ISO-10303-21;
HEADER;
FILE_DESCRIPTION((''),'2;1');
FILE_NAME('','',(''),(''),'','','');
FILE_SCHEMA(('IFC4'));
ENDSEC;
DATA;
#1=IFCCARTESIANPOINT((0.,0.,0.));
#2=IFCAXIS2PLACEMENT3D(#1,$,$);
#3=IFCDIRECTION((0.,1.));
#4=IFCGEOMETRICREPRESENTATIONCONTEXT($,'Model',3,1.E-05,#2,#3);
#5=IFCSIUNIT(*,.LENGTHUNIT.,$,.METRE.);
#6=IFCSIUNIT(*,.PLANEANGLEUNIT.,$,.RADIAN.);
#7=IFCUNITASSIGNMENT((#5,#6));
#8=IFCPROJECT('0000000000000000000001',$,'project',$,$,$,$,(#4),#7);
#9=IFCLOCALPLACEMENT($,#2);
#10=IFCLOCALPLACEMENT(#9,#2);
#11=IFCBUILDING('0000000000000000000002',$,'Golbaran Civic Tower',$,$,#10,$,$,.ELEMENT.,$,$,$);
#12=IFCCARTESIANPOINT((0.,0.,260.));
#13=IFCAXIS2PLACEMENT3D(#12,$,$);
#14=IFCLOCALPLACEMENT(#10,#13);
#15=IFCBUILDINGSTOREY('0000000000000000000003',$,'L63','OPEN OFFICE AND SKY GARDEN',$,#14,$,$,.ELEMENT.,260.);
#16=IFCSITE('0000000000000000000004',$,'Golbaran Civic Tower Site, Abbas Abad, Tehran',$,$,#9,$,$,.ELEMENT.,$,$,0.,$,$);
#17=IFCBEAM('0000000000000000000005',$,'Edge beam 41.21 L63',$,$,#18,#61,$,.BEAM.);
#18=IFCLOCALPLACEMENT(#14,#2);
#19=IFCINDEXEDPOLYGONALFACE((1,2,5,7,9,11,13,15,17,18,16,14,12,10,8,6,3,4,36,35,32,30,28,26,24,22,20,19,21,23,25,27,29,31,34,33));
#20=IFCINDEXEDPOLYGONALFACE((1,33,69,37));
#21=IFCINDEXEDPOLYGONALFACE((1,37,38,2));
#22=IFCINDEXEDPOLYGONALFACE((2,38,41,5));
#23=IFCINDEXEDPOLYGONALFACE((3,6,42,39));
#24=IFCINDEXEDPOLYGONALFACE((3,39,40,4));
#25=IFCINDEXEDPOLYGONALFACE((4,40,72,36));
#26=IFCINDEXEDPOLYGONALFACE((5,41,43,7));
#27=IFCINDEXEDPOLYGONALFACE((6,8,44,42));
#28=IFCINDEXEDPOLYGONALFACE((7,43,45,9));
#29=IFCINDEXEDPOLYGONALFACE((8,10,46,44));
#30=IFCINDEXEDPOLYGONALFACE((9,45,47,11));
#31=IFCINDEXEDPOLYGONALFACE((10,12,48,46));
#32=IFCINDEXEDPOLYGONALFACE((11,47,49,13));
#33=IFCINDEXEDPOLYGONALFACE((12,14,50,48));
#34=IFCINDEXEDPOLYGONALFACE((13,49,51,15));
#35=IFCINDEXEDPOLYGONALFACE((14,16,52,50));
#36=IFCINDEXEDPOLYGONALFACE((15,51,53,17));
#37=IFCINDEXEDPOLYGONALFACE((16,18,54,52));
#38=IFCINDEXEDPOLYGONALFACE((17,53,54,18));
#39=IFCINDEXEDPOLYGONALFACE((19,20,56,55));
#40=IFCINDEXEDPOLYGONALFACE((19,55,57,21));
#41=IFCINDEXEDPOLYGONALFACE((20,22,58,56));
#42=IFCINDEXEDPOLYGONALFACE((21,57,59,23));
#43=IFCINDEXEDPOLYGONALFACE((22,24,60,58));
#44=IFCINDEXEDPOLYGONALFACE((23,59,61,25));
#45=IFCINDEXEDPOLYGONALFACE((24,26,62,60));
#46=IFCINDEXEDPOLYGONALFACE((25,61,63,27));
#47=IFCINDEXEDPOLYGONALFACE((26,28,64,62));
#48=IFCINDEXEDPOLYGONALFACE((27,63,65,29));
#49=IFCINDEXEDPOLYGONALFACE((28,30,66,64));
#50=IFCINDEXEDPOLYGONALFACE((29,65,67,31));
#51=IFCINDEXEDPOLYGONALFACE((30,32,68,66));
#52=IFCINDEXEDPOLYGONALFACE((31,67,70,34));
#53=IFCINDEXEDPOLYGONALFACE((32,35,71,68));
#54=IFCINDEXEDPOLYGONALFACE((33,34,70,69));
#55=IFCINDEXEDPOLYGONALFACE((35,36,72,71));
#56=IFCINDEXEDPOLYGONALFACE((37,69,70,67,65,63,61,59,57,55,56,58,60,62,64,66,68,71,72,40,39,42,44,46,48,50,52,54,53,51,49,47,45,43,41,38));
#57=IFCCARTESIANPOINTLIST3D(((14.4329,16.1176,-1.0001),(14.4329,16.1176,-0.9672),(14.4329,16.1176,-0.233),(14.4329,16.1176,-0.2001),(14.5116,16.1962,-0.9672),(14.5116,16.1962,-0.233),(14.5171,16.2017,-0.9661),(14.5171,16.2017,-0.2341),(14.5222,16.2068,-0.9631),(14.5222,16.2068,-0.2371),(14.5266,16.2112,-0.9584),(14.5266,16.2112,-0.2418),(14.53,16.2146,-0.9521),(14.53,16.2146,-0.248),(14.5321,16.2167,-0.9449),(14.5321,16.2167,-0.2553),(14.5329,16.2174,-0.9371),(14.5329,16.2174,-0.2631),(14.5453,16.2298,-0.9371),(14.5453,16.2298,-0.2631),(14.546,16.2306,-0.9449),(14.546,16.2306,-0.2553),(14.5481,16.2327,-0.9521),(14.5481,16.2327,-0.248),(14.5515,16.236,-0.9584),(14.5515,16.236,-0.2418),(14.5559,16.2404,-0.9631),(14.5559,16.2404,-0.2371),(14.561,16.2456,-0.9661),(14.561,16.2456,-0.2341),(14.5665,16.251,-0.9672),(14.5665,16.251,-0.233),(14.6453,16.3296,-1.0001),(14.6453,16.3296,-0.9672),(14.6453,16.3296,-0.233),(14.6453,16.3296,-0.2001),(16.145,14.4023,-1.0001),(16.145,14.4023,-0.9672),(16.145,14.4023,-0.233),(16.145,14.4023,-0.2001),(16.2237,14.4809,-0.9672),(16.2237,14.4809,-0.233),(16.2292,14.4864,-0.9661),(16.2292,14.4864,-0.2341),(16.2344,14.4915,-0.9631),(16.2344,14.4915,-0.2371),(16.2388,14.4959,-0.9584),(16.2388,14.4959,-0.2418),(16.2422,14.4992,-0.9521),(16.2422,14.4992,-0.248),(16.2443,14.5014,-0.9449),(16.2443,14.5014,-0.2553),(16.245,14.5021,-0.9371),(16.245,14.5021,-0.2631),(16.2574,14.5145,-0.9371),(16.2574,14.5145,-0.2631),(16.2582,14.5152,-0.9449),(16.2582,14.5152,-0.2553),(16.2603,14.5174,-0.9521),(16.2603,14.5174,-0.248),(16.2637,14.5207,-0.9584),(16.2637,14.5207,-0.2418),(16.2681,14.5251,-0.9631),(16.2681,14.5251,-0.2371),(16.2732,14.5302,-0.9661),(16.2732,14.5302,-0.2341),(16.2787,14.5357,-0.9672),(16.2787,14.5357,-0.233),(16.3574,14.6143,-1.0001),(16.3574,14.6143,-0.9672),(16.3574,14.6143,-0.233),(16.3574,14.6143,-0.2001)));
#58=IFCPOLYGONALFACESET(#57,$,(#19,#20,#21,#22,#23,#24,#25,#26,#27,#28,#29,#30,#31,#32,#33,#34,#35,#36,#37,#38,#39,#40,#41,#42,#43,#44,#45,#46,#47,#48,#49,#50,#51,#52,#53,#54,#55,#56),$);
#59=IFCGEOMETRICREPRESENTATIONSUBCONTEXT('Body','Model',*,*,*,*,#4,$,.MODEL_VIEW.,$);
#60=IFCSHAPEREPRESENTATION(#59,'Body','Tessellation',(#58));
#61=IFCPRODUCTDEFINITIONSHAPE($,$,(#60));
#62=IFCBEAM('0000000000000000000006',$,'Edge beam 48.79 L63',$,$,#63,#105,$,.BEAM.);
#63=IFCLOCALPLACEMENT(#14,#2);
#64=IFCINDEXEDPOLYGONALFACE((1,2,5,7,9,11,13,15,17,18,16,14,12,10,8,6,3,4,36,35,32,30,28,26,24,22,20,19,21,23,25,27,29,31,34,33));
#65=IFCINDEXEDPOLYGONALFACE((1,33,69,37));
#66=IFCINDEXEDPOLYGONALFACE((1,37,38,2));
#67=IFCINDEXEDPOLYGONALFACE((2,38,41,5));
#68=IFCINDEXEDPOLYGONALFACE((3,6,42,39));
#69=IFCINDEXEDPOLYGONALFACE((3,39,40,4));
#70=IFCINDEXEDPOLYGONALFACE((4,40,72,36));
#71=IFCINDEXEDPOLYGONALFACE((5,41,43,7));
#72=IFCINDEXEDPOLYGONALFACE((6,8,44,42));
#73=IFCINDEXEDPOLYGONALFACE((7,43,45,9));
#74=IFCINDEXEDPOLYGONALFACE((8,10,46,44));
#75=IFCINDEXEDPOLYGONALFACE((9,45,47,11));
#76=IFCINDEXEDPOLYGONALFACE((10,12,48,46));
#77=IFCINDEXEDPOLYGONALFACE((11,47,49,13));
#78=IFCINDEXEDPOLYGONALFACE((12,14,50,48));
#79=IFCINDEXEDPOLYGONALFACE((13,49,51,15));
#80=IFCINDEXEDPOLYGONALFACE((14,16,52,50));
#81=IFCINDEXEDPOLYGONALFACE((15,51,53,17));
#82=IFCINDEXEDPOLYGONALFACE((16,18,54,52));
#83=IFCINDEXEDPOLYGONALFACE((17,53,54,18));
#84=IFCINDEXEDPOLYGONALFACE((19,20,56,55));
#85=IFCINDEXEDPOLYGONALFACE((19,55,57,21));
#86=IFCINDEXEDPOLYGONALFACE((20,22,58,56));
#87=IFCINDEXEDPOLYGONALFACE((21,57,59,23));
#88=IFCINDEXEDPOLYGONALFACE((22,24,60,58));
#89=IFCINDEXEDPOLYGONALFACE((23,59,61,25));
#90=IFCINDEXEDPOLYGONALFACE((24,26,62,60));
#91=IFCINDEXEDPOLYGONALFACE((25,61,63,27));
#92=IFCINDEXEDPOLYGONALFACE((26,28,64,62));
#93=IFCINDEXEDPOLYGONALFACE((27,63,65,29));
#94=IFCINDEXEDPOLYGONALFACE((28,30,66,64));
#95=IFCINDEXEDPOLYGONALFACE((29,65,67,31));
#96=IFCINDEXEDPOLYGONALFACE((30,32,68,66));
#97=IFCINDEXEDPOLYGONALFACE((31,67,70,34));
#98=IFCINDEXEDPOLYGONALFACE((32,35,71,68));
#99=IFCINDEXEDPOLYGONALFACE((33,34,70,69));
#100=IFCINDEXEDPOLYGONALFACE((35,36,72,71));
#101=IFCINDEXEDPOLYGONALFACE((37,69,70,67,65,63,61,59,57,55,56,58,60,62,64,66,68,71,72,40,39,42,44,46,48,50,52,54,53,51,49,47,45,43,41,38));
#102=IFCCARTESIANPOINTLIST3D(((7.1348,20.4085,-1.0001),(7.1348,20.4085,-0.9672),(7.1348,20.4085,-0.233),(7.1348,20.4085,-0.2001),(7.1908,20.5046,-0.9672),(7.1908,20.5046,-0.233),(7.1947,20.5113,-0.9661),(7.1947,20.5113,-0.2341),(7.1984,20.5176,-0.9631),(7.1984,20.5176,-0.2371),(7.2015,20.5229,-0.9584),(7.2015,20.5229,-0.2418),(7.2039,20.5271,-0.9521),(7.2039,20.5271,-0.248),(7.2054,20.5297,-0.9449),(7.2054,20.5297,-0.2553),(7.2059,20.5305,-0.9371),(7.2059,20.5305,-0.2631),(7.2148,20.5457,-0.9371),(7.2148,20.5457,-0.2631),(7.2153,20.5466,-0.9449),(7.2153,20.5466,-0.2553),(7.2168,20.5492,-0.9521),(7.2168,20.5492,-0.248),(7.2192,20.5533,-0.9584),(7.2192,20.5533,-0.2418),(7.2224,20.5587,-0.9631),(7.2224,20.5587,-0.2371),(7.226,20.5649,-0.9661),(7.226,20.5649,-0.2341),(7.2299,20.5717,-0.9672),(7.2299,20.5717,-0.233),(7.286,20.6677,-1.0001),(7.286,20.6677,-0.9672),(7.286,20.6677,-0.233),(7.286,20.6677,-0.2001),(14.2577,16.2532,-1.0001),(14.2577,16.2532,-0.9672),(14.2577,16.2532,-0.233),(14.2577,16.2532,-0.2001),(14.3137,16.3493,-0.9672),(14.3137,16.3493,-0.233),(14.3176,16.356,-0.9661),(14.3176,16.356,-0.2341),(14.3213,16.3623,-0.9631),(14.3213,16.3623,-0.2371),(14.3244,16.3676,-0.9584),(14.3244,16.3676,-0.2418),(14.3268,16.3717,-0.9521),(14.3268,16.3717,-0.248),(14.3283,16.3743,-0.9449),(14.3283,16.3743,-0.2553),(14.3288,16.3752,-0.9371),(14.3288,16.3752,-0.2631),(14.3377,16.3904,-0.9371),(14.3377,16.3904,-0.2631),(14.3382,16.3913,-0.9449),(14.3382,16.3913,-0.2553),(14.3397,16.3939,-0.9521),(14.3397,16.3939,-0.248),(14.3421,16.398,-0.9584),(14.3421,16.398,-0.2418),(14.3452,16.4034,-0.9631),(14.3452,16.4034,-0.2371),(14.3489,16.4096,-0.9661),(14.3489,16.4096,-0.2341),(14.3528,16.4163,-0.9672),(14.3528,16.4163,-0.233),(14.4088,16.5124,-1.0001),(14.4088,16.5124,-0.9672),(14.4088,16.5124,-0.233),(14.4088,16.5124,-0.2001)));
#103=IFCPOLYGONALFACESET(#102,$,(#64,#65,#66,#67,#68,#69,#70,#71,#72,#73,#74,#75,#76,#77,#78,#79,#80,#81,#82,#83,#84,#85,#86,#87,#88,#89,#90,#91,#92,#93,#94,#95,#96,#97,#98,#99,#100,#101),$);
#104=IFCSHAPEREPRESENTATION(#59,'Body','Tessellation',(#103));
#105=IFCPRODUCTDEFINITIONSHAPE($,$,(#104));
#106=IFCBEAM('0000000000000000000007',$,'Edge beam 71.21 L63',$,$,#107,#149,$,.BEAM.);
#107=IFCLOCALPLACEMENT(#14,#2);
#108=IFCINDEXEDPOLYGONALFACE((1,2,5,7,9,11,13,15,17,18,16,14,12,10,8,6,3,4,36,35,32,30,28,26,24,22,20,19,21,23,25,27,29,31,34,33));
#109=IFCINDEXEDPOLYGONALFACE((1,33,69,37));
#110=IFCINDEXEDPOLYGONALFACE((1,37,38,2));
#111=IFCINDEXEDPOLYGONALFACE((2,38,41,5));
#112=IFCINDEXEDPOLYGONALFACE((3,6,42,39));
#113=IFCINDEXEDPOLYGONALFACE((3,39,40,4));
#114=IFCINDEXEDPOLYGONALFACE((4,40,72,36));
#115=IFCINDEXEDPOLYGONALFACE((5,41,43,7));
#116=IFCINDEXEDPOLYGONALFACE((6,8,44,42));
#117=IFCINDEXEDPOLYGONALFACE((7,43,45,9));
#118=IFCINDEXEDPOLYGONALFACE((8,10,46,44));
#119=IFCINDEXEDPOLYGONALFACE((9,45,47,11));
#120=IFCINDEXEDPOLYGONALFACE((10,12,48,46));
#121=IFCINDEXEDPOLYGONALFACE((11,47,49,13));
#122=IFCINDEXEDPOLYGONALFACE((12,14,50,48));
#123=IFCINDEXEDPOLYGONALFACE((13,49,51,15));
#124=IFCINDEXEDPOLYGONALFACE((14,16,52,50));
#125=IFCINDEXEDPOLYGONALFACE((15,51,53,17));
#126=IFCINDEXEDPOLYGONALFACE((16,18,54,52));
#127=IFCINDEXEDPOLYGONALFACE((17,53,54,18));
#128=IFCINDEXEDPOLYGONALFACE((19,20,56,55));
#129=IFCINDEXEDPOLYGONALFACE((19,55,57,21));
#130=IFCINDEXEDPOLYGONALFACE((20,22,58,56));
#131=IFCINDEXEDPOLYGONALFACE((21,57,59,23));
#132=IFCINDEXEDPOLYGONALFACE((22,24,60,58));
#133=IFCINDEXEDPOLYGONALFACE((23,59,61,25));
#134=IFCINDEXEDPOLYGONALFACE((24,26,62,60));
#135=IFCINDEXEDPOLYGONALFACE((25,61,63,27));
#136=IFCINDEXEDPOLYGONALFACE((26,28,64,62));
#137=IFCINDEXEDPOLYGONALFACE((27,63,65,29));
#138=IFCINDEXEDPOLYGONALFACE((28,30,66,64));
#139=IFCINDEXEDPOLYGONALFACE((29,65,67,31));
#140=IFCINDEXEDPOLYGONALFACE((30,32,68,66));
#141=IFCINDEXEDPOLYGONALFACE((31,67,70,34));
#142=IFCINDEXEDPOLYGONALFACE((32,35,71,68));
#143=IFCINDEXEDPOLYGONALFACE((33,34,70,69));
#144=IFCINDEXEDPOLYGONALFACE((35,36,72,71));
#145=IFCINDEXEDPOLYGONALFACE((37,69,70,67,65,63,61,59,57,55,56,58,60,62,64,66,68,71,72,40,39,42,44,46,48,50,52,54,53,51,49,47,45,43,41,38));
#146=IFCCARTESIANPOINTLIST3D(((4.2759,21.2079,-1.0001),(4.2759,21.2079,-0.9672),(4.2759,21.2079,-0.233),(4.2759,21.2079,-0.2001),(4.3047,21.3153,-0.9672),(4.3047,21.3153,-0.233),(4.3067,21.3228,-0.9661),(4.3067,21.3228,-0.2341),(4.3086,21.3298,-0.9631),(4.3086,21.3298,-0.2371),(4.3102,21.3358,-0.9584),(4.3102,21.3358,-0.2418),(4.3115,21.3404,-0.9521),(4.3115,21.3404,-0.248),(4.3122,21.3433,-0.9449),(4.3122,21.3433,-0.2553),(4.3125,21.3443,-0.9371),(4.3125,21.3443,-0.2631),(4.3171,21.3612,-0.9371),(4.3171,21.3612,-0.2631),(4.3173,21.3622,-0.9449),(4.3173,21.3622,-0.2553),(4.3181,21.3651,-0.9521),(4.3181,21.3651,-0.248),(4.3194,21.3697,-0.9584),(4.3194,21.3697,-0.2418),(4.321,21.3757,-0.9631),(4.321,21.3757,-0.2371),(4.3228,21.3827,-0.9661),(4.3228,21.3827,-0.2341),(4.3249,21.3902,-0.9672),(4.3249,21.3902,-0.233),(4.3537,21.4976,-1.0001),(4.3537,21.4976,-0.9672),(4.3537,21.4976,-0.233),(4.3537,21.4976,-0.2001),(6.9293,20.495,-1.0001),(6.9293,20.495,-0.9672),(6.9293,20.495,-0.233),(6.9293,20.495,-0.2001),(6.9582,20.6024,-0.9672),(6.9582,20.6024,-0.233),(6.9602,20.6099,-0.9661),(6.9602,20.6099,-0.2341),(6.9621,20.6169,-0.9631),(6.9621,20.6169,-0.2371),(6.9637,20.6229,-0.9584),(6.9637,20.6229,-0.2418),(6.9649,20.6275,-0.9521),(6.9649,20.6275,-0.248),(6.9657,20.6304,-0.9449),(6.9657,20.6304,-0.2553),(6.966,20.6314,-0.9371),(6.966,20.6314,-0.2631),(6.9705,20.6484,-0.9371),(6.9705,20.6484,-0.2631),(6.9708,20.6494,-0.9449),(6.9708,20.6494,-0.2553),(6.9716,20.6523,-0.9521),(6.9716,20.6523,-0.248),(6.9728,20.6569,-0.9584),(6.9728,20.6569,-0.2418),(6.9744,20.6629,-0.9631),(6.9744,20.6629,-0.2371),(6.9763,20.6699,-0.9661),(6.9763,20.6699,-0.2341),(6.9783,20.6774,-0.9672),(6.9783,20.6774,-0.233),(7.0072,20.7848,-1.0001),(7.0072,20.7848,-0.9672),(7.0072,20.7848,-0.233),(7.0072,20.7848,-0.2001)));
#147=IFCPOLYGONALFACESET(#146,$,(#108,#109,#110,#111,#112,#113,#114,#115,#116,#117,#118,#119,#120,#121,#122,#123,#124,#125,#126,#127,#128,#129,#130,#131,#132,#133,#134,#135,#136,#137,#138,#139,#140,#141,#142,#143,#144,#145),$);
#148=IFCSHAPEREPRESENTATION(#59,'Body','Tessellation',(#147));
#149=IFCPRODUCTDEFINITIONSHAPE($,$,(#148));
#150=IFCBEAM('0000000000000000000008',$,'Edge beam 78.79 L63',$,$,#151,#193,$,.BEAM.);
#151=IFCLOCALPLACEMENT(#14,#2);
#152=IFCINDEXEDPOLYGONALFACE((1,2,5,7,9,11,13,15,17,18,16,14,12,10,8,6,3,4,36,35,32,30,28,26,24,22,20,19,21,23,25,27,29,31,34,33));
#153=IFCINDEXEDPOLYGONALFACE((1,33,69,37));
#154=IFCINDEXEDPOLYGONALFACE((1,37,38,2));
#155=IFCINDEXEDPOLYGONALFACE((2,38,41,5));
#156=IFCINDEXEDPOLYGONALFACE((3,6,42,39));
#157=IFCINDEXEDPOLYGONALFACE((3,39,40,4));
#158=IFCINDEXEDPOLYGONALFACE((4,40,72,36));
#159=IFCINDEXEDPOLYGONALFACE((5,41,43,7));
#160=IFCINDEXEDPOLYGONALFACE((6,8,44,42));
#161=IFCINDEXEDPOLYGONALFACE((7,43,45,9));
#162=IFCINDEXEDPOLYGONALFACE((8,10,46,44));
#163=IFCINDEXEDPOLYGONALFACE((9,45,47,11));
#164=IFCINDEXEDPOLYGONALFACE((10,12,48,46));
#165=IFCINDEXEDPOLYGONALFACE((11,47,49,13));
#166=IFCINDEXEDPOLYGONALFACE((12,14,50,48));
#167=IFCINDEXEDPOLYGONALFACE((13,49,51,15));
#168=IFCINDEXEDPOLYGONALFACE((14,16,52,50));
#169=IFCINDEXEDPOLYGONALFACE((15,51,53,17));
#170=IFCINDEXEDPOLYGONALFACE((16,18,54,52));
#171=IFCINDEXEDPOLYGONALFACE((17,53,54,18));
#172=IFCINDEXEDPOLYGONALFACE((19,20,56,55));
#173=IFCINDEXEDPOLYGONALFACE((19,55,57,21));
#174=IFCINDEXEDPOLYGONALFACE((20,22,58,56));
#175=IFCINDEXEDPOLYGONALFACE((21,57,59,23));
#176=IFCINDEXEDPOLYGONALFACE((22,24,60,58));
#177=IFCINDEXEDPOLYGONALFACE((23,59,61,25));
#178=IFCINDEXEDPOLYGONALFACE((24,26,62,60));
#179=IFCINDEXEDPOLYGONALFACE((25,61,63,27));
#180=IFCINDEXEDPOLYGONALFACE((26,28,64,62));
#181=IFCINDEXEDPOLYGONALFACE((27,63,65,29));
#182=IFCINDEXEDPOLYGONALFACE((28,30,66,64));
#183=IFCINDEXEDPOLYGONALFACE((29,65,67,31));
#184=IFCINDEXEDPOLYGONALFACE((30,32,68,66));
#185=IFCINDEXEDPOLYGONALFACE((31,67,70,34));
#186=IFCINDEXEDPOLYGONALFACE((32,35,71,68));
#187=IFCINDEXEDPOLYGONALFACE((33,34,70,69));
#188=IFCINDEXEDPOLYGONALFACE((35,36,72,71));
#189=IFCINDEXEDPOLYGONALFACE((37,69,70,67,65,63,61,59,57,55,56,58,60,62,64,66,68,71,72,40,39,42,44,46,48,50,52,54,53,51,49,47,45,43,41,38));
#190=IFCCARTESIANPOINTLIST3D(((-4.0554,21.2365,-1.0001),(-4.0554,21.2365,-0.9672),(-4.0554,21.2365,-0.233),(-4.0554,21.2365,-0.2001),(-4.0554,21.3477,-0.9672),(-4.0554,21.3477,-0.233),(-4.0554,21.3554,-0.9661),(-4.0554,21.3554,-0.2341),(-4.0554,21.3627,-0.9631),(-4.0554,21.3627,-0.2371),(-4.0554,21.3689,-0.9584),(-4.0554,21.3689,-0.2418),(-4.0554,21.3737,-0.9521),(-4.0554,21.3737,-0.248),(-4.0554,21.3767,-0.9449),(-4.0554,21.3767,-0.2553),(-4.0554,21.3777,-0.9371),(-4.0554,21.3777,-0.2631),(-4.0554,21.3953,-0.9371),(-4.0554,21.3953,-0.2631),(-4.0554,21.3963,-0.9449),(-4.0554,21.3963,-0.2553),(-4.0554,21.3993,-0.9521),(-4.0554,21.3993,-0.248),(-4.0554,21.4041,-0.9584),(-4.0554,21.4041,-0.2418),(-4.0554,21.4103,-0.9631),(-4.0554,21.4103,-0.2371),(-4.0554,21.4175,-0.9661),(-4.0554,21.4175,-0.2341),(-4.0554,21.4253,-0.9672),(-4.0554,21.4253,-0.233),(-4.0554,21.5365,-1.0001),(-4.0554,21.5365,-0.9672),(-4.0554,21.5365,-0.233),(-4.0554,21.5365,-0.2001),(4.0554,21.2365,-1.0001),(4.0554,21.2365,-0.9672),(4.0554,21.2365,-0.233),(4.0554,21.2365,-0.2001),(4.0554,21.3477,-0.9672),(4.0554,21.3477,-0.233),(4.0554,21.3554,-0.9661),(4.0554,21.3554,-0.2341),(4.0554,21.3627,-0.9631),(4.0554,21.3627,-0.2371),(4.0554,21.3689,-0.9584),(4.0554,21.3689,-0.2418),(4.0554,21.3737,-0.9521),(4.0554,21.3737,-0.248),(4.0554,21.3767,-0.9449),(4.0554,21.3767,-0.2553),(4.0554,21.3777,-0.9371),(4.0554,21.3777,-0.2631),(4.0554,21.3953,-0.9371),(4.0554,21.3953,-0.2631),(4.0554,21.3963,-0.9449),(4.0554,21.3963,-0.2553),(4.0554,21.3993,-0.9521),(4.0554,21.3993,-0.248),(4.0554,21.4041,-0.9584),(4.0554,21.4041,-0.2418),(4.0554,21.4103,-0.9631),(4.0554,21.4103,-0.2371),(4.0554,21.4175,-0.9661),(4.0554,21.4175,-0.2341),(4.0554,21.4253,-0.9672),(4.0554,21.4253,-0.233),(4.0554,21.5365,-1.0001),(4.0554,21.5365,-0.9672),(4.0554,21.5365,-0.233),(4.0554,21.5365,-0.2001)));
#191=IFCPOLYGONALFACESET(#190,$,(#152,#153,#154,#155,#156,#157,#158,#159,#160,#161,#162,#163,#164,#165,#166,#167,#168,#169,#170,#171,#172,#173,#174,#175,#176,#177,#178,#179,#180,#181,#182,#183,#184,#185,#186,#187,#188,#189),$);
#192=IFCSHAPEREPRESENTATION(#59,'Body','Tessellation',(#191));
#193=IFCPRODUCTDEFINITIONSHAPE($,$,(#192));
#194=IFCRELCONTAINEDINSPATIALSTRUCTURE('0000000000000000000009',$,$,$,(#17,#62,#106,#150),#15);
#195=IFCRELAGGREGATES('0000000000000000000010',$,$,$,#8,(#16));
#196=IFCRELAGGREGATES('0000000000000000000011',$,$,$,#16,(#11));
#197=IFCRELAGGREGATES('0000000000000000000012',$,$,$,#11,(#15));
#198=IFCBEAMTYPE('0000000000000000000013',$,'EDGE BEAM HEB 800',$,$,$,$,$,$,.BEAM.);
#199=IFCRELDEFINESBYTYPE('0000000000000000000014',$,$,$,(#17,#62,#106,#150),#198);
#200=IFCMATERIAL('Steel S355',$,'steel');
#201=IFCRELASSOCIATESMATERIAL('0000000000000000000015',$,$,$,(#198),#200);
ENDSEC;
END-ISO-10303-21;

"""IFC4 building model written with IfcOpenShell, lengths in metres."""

from ifc_helpers import new_model, si_unit, direction, frame, origin, origin_2d, place, context, subcontext, project, spatial, i_section, extrude, material, material_profile, profile_set, type_object, element, save


model = new_model("IFC4")

# Units and contexts
model_context = context("Model", 3, precision=1e-05, world=origin(), true_north=direction((0.0, 1.0)))
body_context = subcontext(model_context, "Body", "Model", "MODEL_VIEW")
ifc_project = project(units=[si_unit("LENGTHUNIT", "METRE"), si_unit("PLANEANGLEUNIT", "RADIAN")], contexts=[model_context])

# Site, building, storey
site_placement = place(None, origin())
site = spatial("IfcSite", under=ifc_project, at=site_placement, Name="Golbaran Civic Tower Site, Abbas Abad, Tehran", CompositionType="ELEMENT", RefElevation=0.0)
building_placement = place(site_placement, origin())
building = spatial("IfcBuilding", under=site, at=building_placement, Name="Golbaran Civic Tower", CompositionType="ELEMENT")
storey_placement = place(building_placement, frame((0.0, 0.0, 260.0)))
storey = spatial("IfcBuildingStorey", under=building, at=storey_placement, Name="L63", Description="OPEN OFFICE AND SKY GARDEN", CompositionType="ELEMENT", Elevation=260.0)

# Beams
ifc_material_1 = material(Name="Steel S355", Category="steel")
ifc_material_profile_1 = material_profile(ifc_material_1, i_section(OverallWidth=0.3, OverallDepth=0.8, WebThickness=0.0176, FlangeThickness=0.033, FilletRadius=0.03, at=origin_2d()), Name="HEB 800")
ifc_profile_set_1 = profile_set([ifc_material_profile_1], Name="Steel S355")
beam_type_1 = type_object("IfcBeamType", Name="EDGE BEAM HEB 800", PredefinedType="BEAM", material=ifc_profile_set_1)
beam_1_placement = place(storey_placement, frame((16.2512, 14.5083, -0.6001), z_axis=(-0.706452, 0.707761, 0.0), x_axis=(-0.707761, -0.706452, 0.0)))
element("IfcBeam", 1, at=beam_1_placement, inside=storey, type_object=beam_type_1, Name="Edge beam 41.21 L63", PredefinedType="BEAM", context=body_context, shape_type="SweptSolid", body=[
    extrude(i_section(OverallWidth=0.3, OverallDepth=0.8, WebThickness=0.0176, FlangeThickness=0.033, FilletRadius=0.03, at=origin_2d()), origin(), (0.0, 0.0, 1.0), 2.4236),
])
beam_2_placement = place(storey_placement, frame((14.3333, 16.3828, -0.6001), z_axis=(-0.863763, 0.503899, 0.0), x_axis=(-0.503899, -0.863763, 0.0)))
element("IfcBeam", 2, at=beam_2_placement, inside=storey, type_object=beam_type_1, Name="Edge beam 48.79 L63", PredefinedType="BEAM", context=body_context, shape_type="SweptSolid", body=[
    extrude(i_section(OverallWidth=0.3, OverallDepth=0.8, WebThickness=0.0176, FlangeThickness=0.033, FilletRadius=0.03, at=origin_2d()), origin(), (0.0, 0.0, 1.0), 8.2463),
])
beam_3_placement = place(storey_placement, frame((6.9683, 20.6399, -0.6001), z_axis=(-0.965755, 0.259454, 0.0), x_axis=(-0.259454, -0.965755, 0.0)))
element("IfcBeam", 3, at=beam_3_placement, inside=storey, type_object=beam_type_1, Name="Edge beam 71.21 L63", PredefinedType="BEAM", context=body_context, shape_type="SweptSolid", body=[
    extrude(i_section(OverallWidth=0.3, OverallDepth=0.8, WebThickness=0.0176, FlangeThickness=0.033, FilletRadius=0.03, at=origin_2d()), origin(), (0.0, 0.0, 1.0), 2.7476),
])
beam_4_placement = place(storey_placement, frame((4.0554, 21.3865, -0.6001), z_axis=(-1.0, 0.0, 0.0), x_axis=(0.0, -1.0, 0.0)))
element("IfcBeam", 4, at=beam_4_placement, inside=storey, type_object=beam_type_1, Name="Edge beam 78.79 L63", PredefinedType="BEAM", context=body_context, shape_type="SweptSolid", body=[
    extrude(i_section(OverallWidth=0.3, OverallDepth=0.8, WebThickness=0.0176, FlangeThickness=0.033, FilletRadius=0.03, at=origin_2d()), origin(), (0.0, 0.0, 1.0), 8.1108),
])

save(model, "model.ifc")
